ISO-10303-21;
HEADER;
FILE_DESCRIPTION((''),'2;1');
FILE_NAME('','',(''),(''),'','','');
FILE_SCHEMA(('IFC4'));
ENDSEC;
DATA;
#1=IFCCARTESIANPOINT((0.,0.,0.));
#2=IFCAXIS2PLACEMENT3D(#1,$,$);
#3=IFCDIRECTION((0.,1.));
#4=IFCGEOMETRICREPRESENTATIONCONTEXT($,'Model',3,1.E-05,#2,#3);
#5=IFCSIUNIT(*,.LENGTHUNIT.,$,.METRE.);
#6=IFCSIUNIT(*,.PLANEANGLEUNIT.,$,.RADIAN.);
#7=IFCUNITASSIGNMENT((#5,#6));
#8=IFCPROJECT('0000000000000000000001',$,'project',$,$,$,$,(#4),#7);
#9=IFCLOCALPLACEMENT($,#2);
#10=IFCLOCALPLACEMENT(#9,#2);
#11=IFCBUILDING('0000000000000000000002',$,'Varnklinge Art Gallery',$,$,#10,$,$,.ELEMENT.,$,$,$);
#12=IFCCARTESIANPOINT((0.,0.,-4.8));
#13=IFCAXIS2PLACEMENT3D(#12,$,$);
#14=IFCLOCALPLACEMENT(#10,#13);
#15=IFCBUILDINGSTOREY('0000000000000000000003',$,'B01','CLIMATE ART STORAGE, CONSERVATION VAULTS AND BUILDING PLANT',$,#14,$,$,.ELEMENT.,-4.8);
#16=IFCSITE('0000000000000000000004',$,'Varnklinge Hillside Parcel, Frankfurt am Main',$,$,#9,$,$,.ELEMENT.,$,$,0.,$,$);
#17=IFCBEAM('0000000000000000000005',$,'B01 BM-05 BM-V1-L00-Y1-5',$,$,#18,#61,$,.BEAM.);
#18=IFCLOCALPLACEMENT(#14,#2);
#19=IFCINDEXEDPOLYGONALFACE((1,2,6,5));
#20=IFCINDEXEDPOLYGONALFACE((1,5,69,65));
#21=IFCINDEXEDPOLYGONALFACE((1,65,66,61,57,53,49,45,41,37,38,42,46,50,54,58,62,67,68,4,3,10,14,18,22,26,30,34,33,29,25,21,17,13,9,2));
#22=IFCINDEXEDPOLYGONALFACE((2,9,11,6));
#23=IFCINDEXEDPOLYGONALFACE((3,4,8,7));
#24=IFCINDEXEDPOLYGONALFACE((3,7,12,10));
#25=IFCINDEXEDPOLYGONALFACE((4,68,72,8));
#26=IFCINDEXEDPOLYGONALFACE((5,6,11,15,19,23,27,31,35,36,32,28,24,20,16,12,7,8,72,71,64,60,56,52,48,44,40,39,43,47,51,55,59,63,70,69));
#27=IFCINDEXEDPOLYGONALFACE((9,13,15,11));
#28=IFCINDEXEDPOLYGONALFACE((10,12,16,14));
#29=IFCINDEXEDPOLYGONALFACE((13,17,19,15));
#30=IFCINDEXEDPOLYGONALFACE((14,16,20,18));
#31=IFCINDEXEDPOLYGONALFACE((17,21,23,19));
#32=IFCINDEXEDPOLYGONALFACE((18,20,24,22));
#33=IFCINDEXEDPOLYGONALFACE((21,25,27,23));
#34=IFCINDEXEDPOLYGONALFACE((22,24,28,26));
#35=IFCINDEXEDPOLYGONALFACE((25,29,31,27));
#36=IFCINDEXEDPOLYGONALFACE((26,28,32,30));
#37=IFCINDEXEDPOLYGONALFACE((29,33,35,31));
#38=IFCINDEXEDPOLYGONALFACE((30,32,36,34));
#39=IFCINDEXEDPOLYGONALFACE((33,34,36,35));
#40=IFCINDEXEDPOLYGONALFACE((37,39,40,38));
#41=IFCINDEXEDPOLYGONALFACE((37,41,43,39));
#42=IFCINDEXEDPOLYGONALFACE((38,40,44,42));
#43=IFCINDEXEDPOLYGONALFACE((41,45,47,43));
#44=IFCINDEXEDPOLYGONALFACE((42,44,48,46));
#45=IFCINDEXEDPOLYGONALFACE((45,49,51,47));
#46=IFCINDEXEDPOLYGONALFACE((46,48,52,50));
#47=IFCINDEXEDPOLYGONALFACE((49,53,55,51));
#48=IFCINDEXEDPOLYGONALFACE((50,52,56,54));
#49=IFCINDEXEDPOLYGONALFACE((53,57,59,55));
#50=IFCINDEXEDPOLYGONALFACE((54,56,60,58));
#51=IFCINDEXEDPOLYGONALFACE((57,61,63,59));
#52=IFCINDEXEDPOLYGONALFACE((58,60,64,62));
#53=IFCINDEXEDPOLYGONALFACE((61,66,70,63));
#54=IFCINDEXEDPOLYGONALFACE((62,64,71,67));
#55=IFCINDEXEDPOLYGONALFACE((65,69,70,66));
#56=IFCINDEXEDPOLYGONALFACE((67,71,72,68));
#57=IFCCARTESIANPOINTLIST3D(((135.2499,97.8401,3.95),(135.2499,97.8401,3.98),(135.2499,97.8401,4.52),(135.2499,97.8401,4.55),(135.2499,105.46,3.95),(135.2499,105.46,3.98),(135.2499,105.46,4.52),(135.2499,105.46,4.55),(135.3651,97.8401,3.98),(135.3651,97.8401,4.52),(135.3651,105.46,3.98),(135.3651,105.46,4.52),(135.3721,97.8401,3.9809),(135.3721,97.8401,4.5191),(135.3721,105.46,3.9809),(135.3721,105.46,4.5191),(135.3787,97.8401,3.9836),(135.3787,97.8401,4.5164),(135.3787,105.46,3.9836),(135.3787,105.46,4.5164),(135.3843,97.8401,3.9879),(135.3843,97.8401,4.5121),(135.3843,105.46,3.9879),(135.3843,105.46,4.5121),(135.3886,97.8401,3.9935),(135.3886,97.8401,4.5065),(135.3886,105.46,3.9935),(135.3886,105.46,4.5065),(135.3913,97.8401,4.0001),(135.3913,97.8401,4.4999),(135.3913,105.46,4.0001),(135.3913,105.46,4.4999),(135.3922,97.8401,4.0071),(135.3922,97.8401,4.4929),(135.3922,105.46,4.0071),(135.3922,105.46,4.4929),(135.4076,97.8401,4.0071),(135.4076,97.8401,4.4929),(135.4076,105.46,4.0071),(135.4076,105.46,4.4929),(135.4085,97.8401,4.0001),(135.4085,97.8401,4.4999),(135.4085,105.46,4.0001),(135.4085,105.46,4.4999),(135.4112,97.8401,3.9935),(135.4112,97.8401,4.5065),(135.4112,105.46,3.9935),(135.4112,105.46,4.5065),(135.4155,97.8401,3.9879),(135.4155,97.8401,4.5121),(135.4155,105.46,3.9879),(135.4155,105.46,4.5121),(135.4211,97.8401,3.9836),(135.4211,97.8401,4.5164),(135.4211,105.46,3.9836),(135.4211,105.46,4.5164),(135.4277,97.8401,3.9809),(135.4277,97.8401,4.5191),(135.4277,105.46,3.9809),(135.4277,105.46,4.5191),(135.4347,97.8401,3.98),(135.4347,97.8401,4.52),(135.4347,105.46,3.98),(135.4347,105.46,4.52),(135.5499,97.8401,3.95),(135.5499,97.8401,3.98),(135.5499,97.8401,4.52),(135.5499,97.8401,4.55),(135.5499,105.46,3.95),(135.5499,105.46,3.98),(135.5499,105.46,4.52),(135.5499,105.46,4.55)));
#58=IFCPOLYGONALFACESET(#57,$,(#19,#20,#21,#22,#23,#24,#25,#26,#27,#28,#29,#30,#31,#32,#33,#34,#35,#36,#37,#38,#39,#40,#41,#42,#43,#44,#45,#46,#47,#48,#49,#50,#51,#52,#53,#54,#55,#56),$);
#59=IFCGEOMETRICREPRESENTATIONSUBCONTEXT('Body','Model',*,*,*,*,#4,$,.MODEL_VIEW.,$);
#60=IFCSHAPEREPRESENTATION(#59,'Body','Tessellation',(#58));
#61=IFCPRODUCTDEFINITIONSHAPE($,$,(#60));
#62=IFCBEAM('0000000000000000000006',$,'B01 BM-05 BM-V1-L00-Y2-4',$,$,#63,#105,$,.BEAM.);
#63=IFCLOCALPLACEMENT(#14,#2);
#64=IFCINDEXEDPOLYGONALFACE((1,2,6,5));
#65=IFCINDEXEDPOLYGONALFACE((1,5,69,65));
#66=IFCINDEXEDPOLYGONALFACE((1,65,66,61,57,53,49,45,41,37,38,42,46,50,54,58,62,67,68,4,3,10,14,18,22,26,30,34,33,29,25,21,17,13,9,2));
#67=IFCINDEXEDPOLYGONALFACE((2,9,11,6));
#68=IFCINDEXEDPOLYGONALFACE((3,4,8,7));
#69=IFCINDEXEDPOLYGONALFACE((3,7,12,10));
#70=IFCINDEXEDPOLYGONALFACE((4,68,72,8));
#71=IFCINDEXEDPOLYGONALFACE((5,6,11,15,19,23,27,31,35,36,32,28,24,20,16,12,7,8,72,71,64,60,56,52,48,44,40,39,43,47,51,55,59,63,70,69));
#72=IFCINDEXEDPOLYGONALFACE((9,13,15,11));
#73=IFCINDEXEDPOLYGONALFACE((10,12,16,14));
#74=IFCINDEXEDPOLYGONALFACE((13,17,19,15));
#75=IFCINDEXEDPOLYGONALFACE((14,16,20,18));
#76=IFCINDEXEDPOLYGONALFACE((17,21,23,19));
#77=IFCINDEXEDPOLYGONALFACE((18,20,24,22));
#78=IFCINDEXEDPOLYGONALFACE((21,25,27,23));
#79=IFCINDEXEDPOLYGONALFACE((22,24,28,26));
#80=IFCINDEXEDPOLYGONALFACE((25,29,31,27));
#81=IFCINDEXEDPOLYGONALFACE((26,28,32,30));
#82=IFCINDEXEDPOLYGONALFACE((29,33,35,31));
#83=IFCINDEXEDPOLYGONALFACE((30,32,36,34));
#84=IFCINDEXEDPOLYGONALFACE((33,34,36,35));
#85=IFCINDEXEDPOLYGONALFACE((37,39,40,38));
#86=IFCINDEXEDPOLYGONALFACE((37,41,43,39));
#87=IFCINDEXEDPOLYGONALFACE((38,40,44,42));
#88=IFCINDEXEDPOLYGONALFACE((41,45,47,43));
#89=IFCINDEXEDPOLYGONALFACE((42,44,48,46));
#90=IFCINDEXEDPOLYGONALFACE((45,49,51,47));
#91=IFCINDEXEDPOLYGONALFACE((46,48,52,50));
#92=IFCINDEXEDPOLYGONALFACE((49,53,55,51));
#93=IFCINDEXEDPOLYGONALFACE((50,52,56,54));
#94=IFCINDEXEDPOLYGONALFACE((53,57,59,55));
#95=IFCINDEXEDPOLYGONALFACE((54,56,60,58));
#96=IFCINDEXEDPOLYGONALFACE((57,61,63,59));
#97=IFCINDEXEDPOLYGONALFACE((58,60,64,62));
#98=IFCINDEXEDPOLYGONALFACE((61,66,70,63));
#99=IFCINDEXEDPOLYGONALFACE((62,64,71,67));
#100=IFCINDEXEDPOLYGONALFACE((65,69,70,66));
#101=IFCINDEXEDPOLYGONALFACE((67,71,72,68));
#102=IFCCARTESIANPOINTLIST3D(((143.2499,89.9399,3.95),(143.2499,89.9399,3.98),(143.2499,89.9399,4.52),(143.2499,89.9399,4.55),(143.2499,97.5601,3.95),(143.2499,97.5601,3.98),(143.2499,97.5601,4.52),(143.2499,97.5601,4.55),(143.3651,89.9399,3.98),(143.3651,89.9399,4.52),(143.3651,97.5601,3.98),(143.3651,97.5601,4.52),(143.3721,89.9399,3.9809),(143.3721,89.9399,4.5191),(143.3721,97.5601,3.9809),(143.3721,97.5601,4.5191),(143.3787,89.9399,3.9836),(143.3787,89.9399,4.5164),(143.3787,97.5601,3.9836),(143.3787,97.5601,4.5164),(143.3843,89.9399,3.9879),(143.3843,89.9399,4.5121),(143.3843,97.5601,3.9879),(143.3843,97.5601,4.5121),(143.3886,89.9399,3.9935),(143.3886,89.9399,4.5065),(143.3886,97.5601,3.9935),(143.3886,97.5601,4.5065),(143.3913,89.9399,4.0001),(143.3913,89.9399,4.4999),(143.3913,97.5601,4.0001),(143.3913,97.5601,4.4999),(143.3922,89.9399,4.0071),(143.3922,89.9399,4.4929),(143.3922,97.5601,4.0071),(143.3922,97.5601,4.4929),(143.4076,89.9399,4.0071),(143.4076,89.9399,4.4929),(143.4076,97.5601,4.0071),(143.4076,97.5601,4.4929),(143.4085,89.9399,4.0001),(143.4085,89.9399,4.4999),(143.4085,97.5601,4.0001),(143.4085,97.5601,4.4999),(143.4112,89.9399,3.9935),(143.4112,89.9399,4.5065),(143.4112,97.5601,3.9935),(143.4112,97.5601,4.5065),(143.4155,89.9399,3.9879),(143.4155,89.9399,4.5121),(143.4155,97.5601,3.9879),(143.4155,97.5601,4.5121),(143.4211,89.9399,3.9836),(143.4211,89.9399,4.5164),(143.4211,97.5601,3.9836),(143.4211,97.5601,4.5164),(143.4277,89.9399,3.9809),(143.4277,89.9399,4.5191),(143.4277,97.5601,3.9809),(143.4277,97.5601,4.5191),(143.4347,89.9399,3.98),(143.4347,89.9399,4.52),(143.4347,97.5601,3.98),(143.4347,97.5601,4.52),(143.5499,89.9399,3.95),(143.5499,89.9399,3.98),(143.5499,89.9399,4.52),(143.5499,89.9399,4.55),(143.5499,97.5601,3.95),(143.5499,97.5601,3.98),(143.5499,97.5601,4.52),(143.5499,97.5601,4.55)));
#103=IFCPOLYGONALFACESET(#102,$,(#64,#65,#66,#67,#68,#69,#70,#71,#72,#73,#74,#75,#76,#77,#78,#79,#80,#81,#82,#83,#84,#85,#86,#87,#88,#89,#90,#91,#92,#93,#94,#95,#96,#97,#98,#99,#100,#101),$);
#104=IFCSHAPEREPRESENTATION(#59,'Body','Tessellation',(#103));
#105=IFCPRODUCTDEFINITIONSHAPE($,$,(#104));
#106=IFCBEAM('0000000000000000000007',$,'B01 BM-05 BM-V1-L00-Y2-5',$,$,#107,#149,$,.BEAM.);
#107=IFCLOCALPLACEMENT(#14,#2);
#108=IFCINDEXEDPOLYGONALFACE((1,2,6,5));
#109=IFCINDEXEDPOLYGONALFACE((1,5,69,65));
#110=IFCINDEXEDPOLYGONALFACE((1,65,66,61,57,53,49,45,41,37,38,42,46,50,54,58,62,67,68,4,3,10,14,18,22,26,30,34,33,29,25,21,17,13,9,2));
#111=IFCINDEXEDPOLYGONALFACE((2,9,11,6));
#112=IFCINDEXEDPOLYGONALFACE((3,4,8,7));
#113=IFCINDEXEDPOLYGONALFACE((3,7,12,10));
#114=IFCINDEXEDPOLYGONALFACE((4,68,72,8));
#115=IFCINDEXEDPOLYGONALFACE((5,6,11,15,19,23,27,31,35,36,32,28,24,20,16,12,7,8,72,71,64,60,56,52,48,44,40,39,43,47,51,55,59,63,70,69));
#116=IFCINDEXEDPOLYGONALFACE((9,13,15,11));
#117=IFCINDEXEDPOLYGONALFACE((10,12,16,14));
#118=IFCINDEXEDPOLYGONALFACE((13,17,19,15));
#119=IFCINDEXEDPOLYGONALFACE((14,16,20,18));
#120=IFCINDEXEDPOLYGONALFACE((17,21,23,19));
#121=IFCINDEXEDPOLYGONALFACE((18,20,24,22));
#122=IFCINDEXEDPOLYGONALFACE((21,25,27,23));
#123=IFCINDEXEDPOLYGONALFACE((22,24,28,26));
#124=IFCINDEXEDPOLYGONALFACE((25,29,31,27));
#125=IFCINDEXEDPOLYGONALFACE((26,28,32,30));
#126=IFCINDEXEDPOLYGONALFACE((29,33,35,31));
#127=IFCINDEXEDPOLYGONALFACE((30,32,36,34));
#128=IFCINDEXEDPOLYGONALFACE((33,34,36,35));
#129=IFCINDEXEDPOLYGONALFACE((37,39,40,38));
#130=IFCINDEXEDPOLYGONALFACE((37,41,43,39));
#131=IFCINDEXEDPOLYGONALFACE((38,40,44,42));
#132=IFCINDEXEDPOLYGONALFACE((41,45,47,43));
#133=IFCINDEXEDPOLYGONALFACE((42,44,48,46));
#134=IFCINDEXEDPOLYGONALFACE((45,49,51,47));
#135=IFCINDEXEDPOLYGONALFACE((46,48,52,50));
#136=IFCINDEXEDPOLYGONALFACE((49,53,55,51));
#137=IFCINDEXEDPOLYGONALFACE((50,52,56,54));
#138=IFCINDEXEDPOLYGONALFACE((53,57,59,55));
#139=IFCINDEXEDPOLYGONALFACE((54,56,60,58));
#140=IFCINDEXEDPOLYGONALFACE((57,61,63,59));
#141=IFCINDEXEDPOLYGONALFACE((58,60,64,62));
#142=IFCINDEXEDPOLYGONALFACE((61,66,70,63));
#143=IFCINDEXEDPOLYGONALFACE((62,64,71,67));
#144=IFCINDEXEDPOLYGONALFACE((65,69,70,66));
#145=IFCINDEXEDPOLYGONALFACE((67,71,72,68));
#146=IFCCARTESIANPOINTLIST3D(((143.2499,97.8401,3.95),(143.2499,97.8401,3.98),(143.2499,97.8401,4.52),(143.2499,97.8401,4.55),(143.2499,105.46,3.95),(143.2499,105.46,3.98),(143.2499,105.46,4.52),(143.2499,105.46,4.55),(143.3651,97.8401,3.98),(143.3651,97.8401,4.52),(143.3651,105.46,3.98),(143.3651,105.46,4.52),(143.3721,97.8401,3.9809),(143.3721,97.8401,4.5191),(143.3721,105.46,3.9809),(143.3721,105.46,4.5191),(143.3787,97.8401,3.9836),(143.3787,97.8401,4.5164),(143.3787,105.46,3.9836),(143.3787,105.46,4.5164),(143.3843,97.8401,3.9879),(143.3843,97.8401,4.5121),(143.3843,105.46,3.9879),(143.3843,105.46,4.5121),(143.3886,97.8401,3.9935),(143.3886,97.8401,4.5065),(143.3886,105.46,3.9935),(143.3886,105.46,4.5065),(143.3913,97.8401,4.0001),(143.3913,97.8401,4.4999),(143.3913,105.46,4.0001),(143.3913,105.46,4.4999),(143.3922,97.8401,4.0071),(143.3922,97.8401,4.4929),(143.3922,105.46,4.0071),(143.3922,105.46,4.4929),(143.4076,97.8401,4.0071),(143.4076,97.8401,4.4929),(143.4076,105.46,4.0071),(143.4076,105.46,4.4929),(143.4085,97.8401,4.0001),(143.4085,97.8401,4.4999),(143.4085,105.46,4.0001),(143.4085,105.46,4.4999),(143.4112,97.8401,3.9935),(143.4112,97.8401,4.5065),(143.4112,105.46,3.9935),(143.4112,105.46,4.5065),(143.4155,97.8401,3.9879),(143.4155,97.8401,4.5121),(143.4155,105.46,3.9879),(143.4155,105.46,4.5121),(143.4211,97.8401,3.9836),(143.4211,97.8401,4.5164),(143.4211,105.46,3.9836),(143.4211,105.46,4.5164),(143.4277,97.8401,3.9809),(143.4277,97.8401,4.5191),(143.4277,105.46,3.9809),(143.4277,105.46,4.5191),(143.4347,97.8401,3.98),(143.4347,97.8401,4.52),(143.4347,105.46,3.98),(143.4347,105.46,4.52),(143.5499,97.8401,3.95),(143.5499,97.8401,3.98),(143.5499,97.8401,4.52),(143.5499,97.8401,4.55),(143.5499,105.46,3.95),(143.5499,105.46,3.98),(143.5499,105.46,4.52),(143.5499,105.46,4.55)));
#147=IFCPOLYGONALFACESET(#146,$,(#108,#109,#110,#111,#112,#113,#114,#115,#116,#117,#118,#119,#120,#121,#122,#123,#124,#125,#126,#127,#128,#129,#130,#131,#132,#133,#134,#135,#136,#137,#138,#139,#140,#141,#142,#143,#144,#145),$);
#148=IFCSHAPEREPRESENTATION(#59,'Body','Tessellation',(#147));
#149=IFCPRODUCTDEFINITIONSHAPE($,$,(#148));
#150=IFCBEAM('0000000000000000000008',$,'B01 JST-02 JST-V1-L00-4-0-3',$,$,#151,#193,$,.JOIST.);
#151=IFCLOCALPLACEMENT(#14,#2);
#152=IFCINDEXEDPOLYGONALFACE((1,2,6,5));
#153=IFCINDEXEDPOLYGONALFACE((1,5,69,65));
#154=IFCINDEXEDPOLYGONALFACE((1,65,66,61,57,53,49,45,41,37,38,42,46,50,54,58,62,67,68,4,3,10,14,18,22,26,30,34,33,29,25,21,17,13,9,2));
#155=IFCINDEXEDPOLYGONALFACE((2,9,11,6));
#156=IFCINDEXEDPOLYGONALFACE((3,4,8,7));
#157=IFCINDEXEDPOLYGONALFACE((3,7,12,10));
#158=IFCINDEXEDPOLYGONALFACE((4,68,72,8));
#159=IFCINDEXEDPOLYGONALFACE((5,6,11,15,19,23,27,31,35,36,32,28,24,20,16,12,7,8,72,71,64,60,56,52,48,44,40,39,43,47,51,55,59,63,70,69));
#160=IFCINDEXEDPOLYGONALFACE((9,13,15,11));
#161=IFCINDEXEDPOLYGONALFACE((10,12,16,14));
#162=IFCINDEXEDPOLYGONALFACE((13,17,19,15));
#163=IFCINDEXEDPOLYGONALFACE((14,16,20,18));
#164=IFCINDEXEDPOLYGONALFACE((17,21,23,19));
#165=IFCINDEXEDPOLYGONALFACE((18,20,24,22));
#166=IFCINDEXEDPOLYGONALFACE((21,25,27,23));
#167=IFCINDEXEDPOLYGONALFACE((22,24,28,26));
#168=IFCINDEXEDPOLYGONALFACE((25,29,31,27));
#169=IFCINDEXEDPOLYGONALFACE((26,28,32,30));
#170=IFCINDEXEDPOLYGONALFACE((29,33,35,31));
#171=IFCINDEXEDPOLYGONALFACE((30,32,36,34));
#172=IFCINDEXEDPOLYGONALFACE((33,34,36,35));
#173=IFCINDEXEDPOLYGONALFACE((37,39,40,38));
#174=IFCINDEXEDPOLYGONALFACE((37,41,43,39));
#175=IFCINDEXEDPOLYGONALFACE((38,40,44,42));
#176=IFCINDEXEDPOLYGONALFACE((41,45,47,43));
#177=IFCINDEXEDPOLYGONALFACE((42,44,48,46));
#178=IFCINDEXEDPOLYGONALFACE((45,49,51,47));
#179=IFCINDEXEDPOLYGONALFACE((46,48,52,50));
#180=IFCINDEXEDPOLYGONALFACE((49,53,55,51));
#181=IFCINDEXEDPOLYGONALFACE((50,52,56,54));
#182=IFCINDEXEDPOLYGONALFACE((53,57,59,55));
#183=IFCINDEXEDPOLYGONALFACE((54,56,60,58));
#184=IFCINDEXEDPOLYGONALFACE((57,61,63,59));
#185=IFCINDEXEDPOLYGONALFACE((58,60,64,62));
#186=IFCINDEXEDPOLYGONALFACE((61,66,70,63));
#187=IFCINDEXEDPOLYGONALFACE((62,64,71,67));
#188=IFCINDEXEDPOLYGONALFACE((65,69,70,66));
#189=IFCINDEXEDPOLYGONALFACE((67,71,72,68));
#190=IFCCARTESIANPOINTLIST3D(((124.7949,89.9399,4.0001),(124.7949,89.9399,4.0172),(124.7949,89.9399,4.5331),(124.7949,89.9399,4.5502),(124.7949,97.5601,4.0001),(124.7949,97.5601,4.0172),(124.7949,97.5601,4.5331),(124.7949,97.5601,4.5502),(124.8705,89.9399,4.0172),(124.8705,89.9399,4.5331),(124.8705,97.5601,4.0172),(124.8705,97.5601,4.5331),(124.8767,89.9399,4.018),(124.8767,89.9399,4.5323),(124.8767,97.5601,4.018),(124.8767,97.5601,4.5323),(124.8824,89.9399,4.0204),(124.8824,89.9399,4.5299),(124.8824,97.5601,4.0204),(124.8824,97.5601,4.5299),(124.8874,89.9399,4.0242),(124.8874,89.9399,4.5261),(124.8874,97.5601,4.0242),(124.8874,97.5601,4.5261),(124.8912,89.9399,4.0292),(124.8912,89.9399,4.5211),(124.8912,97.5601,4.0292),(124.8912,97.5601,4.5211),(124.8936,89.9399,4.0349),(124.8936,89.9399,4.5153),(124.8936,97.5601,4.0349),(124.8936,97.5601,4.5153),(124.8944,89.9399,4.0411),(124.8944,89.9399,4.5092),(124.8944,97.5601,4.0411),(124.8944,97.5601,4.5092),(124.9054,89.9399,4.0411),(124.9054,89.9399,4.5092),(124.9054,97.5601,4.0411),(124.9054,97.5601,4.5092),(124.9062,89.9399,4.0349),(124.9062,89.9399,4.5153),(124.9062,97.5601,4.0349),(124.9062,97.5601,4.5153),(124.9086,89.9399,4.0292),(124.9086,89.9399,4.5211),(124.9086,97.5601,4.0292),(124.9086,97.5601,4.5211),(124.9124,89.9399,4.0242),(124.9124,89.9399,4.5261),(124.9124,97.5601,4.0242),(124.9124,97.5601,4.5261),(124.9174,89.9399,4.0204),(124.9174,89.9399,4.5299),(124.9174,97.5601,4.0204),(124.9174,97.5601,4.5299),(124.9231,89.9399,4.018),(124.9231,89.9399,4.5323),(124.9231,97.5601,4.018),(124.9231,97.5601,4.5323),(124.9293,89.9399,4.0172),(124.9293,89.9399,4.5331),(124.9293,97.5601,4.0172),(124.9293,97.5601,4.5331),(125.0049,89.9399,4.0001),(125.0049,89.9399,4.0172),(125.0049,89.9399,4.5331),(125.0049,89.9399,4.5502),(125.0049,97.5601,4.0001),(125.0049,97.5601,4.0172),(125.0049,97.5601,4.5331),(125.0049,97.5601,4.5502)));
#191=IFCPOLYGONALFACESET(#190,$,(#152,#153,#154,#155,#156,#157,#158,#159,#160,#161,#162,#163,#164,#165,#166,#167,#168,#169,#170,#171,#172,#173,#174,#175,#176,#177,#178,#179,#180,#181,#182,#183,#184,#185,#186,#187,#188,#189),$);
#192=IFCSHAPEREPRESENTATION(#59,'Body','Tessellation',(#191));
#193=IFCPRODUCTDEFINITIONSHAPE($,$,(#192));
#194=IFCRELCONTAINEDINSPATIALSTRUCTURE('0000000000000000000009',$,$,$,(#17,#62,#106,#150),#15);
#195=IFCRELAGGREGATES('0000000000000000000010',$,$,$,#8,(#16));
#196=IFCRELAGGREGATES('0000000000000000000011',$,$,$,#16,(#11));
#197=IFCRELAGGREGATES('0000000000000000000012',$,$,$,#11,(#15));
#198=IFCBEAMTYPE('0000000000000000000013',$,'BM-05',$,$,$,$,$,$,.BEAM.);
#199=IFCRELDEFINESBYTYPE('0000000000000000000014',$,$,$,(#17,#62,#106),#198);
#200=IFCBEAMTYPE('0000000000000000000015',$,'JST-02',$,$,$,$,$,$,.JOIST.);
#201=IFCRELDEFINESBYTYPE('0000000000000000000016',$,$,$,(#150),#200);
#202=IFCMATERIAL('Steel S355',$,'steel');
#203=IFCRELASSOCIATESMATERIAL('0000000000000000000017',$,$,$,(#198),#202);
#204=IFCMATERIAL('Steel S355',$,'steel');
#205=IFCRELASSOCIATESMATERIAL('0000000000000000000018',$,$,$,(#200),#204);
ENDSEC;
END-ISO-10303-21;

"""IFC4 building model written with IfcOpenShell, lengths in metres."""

from ifc_helpers import new_model, si_unit, direction, frame, origin, origin_2d, place, context, subcontext, project, spatial, i_section, extrude, material, material_profile, profile_set, type_object, element, save


model = new_model("IFC4")

# Units and contexts
model_context = context("Model", 3, precision=1e-05, world=origin(), true_north=direction((0.0, 1.0)))
body_context = subcontext(model_context, "Body", "Model", "MODEL_VIEW")
ifc_project = project(units=[si_unit("LENGTHUNIT", "METRE"), si_unit("PLANEANGLEUNIT", "RADIAN")], contexts=[model_context])

# Site, building, storey
site_placement = place(None, origin())
site = spatial("IfcSite", under=ifc_project, at=site_placement, Name="Varnklinge Hillside Parcel, Frankfurt am Main", CompositionType="ELEMENT", RefElevation=0.0)
building_placement = place(site_placement, origin())
building = spatial("IfcBuilding", under=site, at=building_placement, Name="Varnklinge Art Gallery", CompositionType="ELEMENT")
storey_placement = place(building_placement, frame((0.0, 0.0, -4.8)))
storey = spatial("IfcBuildingStorey", under=building, at=storey_placement, Name="B01", Description="CLIMATE ART STORAGE, CONSERVATION VAULTS AND BUILDING PLANT", CompositionType="ELEMENT", Elevation=-4.8)

# Beams
ifc_material_1 = material(Name="Steel S355", Category="steel")
ifc_material_profile_1 = material_profile(ifc_material_1, i_section(OverallWidth=0.3, OverallDepth=0.6001, WebThickness=0.0154, FlangeThickness=0.03, FilletRadius=0.0271, at=origin_2d()), Name="HEB 600")
ifc_profile_set_1 = profile_set([ifc_material_profile_1], Name="Steel S355")
beam_type_1 = type_object("IfcBeamType", Name="BM-05", PredefinedType="BEAM", material=ifc_profile_set_1)
beam_1_placement = place(storey_placement, frame((135.3999, 97.8401, 4.25), z_axis=(0.0, 1.0, 0.0), x_axis=(-1.0, 0.0, 0.0)))
element("IfcBeam", 1, at=beam_1_placement, inside=storey, type_object=beam_type_1, Name="B01 BM-05 BM-V1-L00-Y1-5", PredefinedType="BEAM", context=body_context, shape_type="SweptSolid", body=[
    extrude(i_section(OverallWidth=0.3, OverallDepth=0.6001, WebThickness=0.0154, FlangeThickness=0.03, FilletRadius=0.0271, at=origin_2d()), origin(), (0.0, 0.0, 1.0), 7.6199),
])
beam_2_placement = place(storey_placement, frame((143.3999, 89.9399, 4.25), z_axis=(0.0, 1.0, 0.0), x_axis=(-1.0, 0.0, 0.0)))
element("IfcBeam", 2, at=beam_2_placement, inside=storey, type_object=beam_type_1, Name="B01 BM-05 BM-V1-L00-Y2-4", PredefinedType="BEAM", context=body_context, shape_type="SweptSolid", body=[
    extrude(i_section(OverallWidth=0.3, OverallDepth=0.6001, WebThickness=0.0154, FlangeThickness=0.03, FilletRadius=0.0271, at=origin_2d()), origin(), (0.0, 0.0, 1.0), 7.6201),
])
beam_3_placement = place(storey_placement, frame((143.3999, 97.8401, 4.25), z_axis=(0.0, 1.0, 0.0), x_axis=(-1.0, 0.0, 0.0)))
element("IfcBeam", 3, at=beam_3_placement, inside=storey, type_object=beam_type_1, Name="B01 BM-05 BM-V1-L00-Y2-5", PredefinedType="BEAM", context=body_context, shape_type="SweptSolid", body=[
    extrude(i_section(OverallWidth=0.3, OverallDepth=0.6001, WebThickness=0.0154, FlangeThickness=0.03, FilletRadius=0.0271, at=origin_2d()), origin(), (0.0, 0.0, 1.0), 7.6199),
])
ifc_material_2 = material(Name="Steel S355", Category="steel")
ifc_material_profile_2 = material_profile(ifc_material_2, i_section(OverallWidth=0.21, OverallDepth=0.55, WebThickness=0.011, FlangeThickness=0.0171, FilletRadius=0.0239, at=origin_2d()), Name="IPE 550")
ifc_profile_set_2 = profile_set([ifc_material_profile_2], Name="Steel S355")
beam_type_2 = type_object("IfcBeamType", Name="JST-02", PredefinedType="JOIST", material=ifc_profile_set_2)
for number, where, z_axis, x_axis, name in (
    (4, (124.8999, 89.9399, 4.2751), (0.0, 1.0, 0.0), (-1.0, 0.0, 0.0), "B01 JST-02 JST-V1-L00-4-0-3"),
):
    element("IfcBeam", number, at=place(storey_placement, frame(where, z_axis=z_axis, x_axis=x_axis)), inside=storey, type_object=beam_type_2, Name=name, PredefinedType="JOIST", context=body_context, shape_type="SweptSolid", body=[
        extrude(i_section(OverallWidth=0.21, OverallDepth=0.55, WebThickness=0.011, FlangeThickness=0.0171, FilletRadius=0.0239, at=origin_2d()), origin(), (0.0, 0.0, 1.0), 7.6201),
    ])

save(model, "model.ifc")
